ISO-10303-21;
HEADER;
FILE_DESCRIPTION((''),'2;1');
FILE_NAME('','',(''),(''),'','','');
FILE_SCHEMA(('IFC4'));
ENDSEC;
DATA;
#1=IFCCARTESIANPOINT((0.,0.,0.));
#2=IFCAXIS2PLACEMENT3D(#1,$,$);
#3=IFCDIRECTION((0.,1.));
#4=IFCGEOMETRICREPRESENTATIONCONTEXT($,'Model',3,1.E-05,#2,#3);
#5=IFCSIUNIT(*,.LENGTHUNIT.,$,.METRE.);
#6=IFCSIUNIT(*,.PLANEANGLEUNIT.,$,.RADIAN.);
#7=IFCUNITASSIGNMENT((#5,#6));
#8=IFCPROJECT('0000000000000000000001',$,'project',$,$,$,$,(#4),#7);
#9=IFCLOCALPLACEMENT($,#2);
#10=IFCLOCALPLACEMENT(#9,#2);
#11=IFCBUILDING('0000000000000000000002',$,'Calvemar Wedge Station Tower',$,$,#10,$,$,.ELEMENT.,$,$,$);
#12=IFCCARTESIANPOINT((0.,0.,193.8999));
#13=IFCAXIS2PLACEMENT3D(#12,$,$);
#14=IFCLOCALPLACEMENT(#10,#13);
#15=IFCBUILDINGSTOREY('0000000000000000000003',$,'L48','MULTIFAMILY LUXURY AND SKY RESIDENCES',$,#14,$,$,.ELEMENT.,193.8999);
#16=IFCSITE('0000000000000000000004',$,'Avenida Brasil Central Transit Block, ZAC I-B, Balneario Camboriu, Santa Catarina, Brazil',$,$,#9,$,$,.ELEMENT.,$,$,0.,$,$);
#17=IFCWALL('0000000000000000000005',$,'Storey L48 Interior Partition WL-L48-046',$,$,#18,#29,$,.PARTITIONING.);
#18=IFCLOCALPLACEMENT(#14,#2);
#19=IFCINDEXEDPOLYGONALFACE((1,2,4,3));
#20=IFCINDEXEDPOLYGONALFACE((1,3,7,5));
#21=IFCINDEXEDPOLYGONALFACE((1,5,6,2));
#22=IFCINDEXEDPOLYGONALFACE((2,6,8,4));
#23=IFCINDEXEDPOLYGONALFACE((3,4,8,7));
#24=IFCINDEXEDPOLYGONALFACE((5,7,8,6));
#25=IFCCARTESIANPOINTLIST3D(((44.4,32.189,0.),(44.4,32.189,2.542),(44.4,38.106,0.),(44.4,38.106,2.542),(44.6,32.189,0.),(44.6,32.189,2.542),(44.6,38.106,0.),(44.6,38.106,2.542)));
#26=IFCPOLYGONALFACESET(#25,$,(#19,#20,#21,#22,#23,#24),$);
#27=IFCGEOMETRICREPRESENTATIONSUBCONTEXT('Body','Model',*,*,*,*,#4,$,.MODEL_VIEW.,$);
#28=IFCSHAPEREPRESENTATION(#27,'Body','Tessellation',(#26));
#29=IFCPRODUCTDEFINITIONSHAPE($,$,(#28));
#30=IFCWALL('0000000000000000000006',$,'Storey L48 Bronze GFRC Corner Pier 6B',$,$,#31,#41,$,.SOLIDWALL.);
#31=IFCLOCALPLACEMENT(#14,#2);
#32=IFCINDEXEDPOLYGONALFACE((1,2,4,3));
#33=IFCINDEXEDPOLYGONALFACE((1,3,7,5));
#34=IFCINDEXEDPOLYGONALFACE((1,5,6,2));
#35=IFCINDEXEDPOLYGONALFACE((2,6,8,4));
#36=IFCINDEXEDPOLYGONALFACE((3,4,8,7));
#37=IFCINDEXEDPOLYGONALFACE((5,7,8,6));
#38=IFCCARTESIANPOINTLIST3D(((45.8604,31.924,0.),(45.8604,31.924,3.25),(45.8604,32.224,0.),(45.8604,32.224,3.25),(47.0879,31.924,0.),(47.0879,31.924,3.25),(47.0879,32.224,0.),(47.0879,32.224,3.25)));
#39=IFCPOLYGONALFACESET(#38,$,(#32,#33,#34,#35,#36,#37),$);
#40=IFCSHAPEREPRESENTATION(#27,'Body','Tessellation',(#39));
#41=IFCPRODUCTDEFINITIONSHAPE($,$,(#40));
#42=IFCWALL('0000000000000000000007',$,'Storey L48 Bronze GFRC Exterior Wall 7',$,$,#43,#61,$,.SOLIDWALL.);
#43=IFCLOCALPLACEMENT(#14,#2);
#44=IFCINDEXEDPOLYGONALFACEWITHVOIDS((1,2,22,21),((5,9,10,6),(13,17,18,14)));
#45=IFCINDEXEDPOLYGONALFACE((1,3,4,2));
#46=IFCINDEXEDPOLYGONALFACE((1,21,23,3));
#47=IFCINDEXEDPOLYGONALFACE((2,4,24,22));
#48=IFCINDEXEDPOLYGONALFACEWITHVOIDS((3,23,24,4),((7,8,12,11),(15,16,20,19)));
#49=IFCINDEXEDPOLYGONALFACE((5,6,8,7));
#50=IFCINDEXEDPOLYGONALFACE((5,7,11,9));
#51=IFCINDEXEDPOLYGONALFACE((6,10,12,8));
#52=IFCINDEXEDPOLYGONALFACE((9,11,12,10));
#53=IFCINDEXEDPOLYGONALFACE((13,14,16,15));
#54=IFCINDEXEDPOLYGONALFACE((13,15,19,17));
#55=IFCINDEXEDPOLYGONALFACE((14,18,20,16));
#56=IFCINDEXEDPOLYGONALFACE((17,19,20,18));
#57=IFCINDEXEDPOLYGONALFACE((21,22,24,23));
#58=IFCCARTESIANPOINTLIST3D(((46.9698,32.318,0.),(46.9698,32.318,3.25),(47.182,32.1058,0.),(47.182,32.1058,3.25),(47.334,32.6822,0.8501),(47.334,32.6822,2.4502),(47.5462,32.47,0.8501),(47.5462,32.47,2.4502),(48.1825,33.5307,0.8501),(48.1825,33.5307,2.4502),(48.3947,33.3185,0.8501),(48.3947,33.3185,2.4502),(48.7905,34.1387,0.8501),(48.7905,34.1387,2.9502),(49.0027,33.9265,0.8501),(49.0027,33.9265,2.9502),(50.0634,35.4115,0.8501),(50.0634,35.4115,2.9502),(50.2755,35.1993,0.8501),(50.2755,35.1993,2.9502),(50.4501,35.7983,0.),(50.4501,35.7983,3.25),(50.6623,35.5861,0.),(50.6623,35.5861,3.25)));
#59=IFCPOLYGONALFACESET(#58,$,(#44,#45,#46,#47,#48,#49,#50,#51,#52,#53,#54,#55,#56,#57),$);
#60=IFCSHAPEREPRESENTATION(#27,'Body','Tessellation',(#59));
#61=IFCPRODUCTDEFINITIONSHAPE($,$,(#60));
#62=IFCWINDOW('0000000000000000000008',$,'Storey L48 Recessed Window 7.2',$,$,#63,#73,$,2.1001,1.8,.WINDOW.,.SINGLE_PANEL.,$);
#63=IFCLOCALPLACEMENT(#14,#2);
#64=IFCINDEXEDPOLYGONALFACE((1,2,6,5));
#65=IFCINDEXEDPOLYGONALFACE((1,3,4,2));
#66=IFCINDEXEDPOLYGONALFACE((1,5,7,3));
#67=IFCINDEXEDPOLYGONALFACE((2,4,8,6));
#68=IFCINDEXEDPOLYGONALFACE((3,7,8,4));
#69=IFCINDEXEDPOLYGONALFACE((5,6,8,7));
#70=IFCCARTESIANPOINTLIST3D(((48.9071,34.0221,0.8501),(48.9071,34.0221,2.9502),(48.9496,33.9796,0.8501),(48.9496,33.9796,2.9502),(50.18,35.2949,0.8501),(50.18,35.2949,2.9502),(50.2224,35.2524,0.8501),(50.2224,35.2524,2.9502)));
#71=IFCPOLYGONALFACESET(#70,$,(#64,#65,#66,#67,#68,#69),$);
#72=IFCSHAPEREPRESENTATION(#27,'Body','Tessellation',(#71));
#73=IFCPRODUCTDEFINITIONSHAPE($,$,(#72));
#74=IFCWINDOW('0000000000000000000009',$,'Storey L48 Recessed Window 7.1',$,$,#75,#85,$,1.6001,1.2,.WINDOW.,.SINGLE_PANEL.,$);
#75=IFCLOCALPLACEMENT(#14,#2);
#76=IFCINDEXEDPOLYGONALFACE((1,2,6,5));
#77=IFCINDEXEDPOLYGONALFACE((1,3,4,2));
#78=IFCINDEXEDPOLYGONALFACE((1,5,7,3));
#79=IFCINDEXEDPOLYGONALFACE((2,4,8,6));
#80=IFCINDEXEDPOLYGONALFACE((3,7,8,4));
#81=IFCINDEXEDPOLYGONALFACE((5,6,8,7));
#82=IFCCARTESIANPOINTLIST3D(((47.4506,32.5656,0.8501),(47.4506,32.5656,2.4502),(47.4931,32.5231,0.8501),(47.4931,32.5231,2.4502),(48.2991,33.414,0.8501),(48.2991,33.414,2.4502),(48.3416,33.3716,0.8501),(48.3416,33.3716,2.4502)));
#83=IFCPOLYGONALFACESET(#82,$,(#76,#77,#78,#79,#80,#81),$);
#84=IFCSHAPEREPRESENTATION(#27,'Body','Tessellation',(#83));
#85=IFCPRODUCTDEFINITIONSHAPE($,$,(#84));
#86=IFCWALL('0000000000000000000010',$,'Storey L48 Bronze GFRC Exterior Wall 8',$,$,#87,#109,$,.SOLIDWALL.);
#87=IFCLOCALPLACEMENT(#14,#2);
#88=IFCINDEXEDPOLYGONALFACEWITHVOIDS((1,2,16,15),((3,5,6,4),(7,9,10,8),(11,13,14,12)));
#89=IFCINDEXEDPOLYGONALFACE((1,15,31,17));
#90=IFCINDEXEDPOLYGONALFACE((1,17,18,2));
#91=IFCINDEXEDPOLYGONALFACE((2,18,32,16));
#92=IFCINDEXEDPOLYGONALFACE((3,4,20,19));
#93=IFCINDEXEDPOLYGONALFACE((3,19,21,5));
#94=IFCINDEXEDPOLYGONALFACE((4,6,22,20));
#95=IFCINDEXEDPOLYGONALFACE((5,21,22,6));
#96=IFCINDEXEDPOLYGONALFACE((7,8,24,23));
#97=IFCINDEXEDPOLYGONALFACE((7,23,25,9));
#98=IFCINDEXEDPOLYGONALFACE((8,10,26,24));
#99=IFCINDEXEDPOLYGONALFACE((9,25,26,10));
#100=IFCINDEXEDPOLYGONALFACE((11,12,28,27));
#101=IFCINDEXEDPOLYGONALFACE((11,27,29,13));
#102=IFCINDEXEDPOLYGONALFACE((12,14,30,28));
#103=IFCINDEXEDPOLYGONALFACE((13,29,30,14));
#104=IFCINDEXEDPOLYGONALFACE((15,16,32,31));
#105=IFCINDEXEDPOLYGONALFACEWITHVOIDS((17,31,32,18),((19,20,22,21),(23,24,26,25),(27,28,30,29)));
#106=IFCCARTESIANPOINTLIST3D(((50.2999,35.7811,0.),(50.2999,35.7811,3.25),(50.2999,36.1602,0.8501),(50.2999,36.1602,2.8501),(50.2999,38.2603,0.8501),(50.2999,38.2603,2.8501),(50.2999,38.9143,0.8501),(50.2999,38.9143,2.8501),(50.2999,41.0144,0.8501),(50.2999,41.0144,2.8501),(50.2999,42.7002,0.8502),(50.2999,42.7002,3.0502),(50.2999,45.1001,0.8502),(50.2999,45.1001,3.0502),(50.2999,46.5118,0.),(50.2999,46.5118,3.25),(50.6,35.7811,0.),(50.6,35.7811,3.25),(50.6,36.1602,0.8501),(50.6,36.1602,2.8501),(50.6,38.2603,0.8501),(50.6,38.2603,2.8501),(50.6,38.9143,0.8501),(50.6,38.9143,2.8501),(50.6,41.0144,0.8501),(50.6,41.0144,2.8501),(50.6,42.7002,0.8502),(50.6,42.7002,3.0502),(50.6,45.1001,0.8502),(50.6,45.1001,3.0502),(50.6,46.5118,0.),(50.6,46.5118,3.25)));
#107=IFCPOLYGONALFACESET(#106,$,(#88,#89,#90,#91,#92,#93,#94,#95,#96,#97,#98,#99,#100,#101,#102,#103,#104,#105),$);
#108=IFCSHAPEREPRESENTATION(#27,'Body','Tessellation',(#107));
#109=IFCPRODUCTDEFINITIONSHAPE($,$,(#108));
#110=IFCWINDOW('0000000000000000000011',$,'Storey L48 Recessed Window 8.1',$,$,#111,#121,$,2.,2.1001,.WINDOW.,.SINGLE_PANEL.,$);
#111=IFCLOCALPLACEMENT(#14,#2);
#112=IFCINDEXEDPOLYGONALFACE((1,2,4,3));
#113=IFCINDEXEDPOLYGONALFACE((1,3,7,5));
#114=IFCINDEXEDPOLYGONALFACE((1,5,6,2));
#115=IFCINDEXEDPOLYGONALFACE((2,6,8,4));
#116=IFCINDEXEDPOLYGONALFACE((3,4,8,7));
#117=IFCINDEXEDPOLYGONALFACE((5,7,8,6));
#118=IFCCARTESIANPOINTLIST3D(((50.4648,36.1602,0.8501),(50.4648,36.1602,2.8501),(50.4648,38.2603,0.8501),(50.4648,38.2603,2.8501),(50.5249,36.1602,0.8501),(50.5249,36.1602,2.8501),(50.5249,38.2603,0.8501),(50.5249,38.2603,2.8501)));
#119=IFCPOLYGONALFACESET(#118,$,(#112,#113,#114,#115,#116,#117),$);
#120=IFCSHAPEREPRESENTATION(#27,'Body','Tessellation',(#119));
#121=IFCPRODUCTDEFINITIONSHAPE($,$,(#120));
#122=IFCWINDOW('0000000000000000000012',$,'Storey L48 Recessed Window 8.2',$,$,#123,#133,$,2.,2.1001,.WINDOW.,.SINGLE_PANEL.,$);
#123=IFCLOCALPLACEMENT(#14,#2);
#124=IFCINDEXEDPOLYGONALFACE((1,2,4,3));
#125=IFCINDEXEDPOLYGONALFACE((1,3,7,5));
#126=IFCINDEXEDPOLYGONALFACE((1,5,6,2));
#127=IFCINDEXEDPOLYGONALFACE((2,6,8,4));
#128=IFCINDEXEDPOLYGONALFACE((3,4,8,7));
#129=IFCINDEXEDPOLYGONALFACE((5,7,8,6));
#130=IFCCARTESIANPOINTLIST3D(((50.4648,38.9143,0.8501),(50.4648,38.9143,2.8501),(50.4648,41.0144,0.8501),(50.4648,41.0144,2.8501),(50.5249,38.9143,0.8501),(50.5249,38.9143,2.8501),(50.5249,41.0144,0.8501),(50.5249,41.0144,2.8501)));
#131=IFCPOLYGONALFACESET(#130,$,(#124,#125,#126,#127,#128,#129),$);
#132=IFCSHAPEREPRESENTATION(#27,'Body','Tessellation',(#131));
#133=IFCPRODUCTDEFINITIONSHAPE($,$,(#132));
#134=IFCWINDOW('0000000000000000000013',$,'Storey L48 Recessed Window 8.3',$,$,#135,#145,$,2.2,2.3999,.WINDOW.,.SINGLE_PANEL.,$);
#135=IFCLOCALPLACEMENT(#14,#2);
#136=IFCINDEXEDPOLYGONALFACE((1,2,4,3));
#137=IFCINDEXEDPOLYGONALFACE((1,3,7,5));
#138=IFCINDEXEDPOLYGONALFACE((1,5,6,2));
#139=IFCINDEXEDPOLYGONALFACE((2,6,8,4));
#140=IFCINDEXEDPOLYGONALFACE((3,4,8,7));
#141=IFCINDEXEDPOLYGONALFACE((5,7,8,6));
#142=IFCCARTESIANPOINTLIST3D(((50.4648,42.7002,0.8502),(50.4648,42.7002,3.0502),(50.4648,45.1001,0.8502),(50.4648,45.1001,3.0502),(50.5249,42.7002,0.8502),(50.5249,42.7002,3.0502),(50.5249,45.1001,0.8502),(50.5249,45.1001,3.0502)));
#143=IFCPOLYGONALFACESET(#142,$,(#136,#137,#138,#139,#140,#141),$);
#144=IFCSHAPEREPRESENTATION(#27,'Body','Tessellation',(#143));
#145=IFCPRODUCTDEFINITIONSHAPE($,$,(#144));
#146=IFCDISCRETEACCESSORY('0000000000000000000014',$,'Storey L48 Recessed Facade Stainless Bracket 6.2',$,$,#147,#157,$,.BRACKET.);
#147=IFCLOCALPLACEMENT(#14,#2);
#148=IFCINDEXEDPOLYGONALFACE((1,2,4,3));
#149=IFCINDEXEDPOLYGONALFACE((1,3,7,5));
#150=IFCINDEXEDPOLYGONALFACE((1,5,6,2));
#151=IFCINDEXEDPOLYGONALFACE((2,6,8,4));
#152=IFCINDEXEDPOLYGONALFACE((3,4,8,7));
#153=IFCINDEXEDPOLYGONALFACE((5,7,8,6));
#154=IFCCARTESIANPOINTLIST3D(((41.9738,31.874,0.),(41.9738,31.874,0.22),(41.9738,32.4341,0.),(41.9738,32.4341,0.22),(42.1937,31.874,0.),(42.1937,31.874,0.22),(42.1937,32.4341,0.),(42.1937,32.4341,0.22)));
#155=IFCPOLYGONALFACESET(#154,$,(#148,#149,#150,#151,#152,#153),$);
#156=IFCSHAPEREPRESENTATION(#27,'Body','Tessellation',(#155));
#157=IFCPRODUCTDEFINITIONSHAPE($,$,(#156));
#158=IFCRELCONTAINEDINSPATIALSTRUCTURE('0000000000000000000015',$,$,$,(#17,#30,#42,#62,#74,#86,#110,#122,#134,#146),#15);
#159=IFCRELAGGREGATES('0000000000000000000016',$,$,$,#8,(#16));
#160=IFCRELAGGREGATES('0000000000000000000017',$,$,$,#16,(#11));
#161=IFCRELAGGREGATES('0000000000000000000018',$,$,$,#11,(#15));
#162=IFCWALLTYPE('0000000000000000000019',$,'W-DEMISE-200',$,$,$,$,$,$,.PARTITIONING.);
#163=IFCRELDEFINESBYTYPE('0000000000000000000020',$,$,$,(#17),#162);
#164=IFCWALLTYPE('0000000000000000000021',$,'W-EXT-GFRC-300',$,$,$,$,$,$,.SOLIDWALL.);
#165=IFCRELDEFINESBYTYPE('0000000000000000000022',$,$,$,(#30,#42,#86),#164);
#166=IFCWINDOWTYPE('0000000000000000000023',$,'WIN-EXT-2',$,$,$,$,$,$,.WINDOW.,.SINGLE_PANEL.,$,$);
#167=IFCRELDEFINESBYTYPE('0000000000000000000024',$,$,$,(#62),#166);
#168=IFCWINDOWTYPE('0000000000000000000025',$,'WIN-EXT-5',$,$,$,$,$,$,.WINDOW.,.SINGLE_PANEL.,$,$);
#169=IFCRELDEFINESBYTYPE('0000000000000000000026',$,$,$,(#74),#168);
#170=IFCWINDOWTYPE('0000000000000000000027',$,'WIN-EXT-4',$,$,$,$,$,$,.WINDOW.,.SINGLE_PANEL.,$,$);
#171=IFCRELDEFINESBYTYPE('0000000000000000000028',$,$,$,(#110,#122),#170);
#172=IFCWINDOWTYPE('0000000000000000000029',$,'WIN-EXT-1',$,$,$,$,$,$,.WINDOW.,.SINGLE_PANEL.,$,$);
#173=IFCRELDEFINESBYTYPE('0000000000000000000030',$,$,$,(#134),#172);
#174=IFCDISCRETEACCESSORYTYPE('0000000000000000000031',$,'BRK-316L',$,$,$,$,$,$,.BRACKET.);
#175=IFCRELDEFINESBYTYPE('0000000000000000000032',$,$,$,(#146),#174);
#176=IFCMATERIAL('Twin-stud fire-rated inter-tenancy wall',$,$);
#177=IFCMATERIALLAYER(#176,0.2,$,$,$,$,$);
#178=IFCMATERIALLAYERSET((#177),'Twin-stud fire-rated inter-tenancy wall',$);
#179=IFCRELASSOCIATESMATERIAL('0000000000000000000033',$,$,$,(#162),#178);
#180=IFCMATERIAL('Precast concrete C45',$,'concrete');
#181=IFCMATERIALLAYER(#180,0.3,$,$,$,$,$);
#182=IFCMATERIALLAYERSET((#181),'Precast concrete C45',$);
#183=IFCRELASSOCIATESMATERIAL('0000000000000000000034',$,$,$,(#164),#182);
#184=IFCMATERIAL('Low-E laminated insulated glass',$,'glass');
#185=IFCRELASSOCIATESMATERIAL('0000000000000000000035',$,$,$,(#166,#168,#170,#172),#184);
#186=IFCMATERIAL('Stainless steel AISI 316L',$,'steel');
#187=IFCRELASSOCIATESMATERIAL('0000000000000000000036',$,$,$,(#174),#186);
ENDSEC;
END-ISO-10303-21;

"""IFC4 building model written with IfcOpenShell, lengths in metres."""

from ifc_helpers import new_model, si_unit, direction, frame, frame_2d, origin, origin_2d, place, context, subcontext, project, spatial, rectangle, extrude, source, transform, mapped, material, layer, layer_set, type_object, element, fill, save


model = new_model("IFC4")

# Units and contexts
model_context = context("Model", 3, precision=1e-05, world=origin(), true_north=direction((0.0, 1.0)))
body_context = subcontext(model_context, "Body", "Model", "MODEL_VIEW")
ifc_project = project(units=[si_unit("LENGTHUNIT", "METRE"), si_unit("PLANEANGLEUNIT", "RADIAN")], contexts=[model_context])

# Site, building, storey
site_placement = place(None, origin())
site = spatial("IfcSite", under=ifc_project, at=site_placement, Name="Avenida Brasil Central Transit Block, ZAC I-B, Balneario Camboriu, Santa Catarina, Brazil", CompositionType="ELEMENT", RefElevation=0.0)
building_placement = place(site_placement, origin())
building = spatial("IfcBuilding", under=site, at=building_placement, Name="Calvemar Wedge Station Tower", CompositionType="ELEMENT")
storey_placement = place(building_placement, frame((0.0, 0.0, 193.8999)))
storey = spatial("IfcBuildingStorey", under=building, at=storey_placement, Name="L48", Description="MULTIFAMILY LUXURY AND SKY RESIDENCES", CompositionType="ELEMENT", Elevation=193.8999)

# Shared definitions
ifc_material_1 = material(Name="Low-E laminated insulated glass", Category="glass")

# Shared definitions
ifc_material_2 = material(Name="Precast concrete C45", Category="concrete")

# Walls
ifc_material_3 = material(Name="Twin-stud fire-rated inter-tenancy wall")
ifc_layer_1 = layer(ifc_material_3, 0.2)
ifc_layer_set_1 = layer_set([ifc_layer_1], Name="Twin-stud fire-rated inter-tenancy wall")
wall_type_1 = type_object("IfcWallType", Name="W-DEMISE-200", PredefinedType="PARTITIONING", material=ifc_layer_set_1)
wall_1_placement = place(storey_placement, frame((44.5, 32.189, 0.0), z_axis=(0.0, 0.0, 1.0), x_axis=(0.0, 1.0, 0.0)))
element("IfcWall", 1, at=wall_1_placement, inside=storey, type_object=wall_type_1, Name="Storey L48 Interior Partition WL-L48-046", PredefinedType="PARTITIONING", context=body_context, shape_type="SweptSolid", body=[
    extrude(rectangle(XDim=5.917, YDim=0.2, at=frame_2d((2.9585, 0.0))), origin(), (0.0, 0.0, 1.0), 2.542),
])
ifc_layer_2 = layer(ifc_material_2, 0.3)
ifc_layer_set_2 = layer_set([ifc_layer_2], Name="Precast concrete C45")
wall_type_2 = type_object("IfcWallType", Name="W-EXT-GFRC-300", PredefinedType="SOLIDWALL", material=ifc_layer_set_2)
wall_2_placement = place(storey_placement, frame((45.8604, 32.074, 0.0), z_axis=(0.0, 0.0, 1.0), x_axis=(1.0, 0.0, 0.0)))
element("IfcWall", 2, at=wall_2_placement, inside=storey, type_object=wall_type_2, Name="Storey L48 Bronze GFRC Corner Pier 6B", PredefinedType="SOLIDWALL", context=body_context, shape_type="SweptSolid", body=[
    extrude(rectangle(XDim=1.2275, YDim=0.3, at=frame_2d((0.6138, 0.0))), origin(), (0.0, 0.0, 1.0), 3.25),
])

# Walls, openings, windows
wall_3_placement = place(storey_placement, frame((47.0759, 32.2119, 0.0), z_axis=(0.0, 0.0, 1.0), x_axis=(0.707107, 0.707107, 0.0)))
wall_3 = element("IfcWall", 3, at=wall_3_placement, inside=storey, type_object=wall_type_2, Name="Storey L48 Bronze GFRC Exterior Wall 7", PredefinedType="SOLIDWALL", context=body_context, shape_type="SweptSolid", body=[
    extrude(rectangle(XDim=4.9219, YDim=0.3, at=frame_2d((2.4609, 0.0))), origin(), (0.0, 0.0, 1.0), 3.25),
])
shared_shape_1 = source(origin(), body_context, "Body", "SweptSolid", [
    extrude(rectangle(XDim=1.2, YDim=1.6001, at=frame_2d((0.6001, 0.8))), frame((0.0, 0.1602, 0.0), z_axis=(0.0, -1.0, 0.0), x_axis=(1.0, 0.0, 0.0)), (0.0, 0.0, 1.0), 0.3201),
])
opening_1_placement = place(wall_3_placement, frame((0.5149, 0.0, 0.8501)))
opening_1 = element("IfcOpeningElement", 4, at=opening_1_placement, cuts=wall_3, PredefinedType="OPENING", context=body_context, shape_type="MappedRepresentation", body=[
    mapped(shared_shape_1, transform((0.0, 0.0, 0.0), scale=1.0)),
])
shared_shape_2 = source(origin(), body_context, "Body", "SweptSolid", [
    extrude(rectangle(XDim=1.8, YDim=2.1001, at=frame_2d((0.8999, 1.05))), frame((0.0, 0.1602, 0.0), z_axis=(0.0, -1.0, 0.0), x_axis=(1.0, 0.0, 0.0)), (0.0, 0.0, 1.0), 0.3201),
])
opening_2_placement = place(wall_3_placement, frame((2.575, 0.0, 0.8501)))
opening_2 = element("IfcOpeningElement", 5, at=opening_2_placement, cuts=wall_3, PredefinedType="OPENING", context=body_context, shape_type="MappedRepresentation", body=[
    mapped(shared_shape_2, transform((0.0, 0.0, 0.0), scale=1.0)),
])
window_type_1 = type_object("IfcWindowType", Name="WIN-EXT-2", PartitioningType="SINGLE_PANEL", PredefinedType="WINDOW", material=ifc_material_1)
shared_shape_3 = source(origin(), body_context, "Body", "SweptSolid", [
    extrude(rectangle(XDim=1.8, YDim=2.1001, at=frame_2d((0.8999, 1.05))), frame((0.0, -0.0149, 0.0), z_axis=(0.0, -1.0, 0.0), x_axis=(1.0, 0.0, 0.0)), (0.0, 0.0, 1.0), 0.0601),
])
window_1_placement = place(opening_2_placement, origin())
window_1 = element("IfcWindow", 6, at=window_1_placement, inside=storey, type_object=window_type_1, Name="Storey L48 Recessed Window 7.2", OverallHeight=2.1001, OverallWidth=1.8, PartitioningType="SINGLE_PANEL", PredefinedType="WINDOW", context=body_context, shape_type="MappedRepresentation", body=[
    mapped(shared_shape_3, transform((0.0, 0.0, 0.0), scale=1.0)),
])
fill(opening_2, window_1)
window_type_2 = type_object("IfcWindowType", Name="WIN-EXT-5", PartitioningType="SINGLE_PANEL", PredefinedType="WINDOW", material=ifc_material_1)
shared_shape_4 = source(origin(), body_context, "Body", "SweptSolid", [
    extrude(rectangle(XDim=1.2, YDim=1.6001, at=frame_2d((0.6001, 0.8))), frame((0.0, -0.0149, 0.0), z_axis=(0.0, -1.0, 0.0), x_axis=(1.0, 0.0, 0.0)), (0.0, 0.0, 1.0), 0.0601),
])
window_2_placement = place(opening_1_placement, origin())
window_2 = element("IfcWindow", 7, at=window_2_placement, inside=storey, type_object=window_type_2, Name="Storey L48 Recessed Window 7.1", OverallHeight=1.6001, OverallWidth=1.2, PartitioningType="SINGLE_PANEL", PredefinedType="WINDOW", context=body_context, shape_type="MappedRepresentation", body=[
    mapped(shared_shape_4, transform((0.0, 0.0, 0.0), scale=1.0)),
])
fill(opening_1, window_2)
wall_4_placement = place(storey_placement, frame((50.45, 35.7812, 0.0), z_axis=(0.0, 0.0, 1.0), x_axis=(0.0, 1.0, 0.0)))
wall_4 = element("IfcWall", 8, at=wall_4_placement, inside=storey, type_object=wall_type_2, Name="Storey L48 Bronze GFRC Exterior Wall 8", PredefinedType="SOLIDWALL", context=body_context, shape_type="SweptSolid", body=[
    extrude(rectangle(XDim=10.7307, YDim=0.3, at=frame_2d((5.3652, 0.0))), origin(), (0.0, 0.0, 1.0), 3.25),
])
shared_shape_5 = source(origin(), body_context, "Body", "SweptSolid", [
    extrude(rectangle(XDim=2.1001, YDim=2.0, at=frame_2d((1.05, 1.0))), frame((0.0, 0.1602, 0.0), z_axis=(0.0, -1.0, 0.0), x_axis=(1.0, 0.0, 0.0)), (0.0, 0.0, 1.0), 0.3201),
])
opening_3_placement = place(wall_4_placement, frame((0.3789, 0.0, 0.8501)))
opening_3 = element("IfcOpeningElement", 9, at=opening_3_placement, cuts=wall_4, PredefinedType="OPENING", context=body_context, shape_type="MappedRepresentation", body=[
    mapped(shared_shape_5, transform((0.0, 0.0, 0.0), scale=1.0)),
])
opening_4_placement = place(wall_4_placement, frame((3.1331, 0.0, 0.8501)))
opening_4 = element("IfcOpeningElement", 10, at=opening_4_placement, cuts=wall_4, PredefinedType="OPENING", context=body_context, shape_type="MappedRepresentation", body=[
    mapped(shared_shape_5, transform((0.0, 0.0, 0.0), scale=1.0)),
])
shared_shape_6 = source(origin(), body_context, "Body", "SweptSolid", [
    extrude(rectangle(XDim=2.3999, YDim=2.2, at=frame_2d((1.2, 1.1001))), frame((0.0, 0.1602, 0.0), z_axis=(0.0, -1.0, 0.0), x_axis=(1.0, 0.0, 0.0)), (0.0, 0.0, 1.0), 0.3201),
])
opening_5_placement = place(wall_4_placement, frame((6.9189, 0.0, 0.8501)))
opening_5 = element("IfcOpeningElement", 11, at=opening_5_placement, cuts=wall_4, PredefinedType="OPENING", context=body_context, shape_type="MappedRepresentation", body=[
    mapped(shared_shape_6, transform((0.0, 0.0, 0.0), scale=1.0)),
])
window_type_3 = type_object("IfcWindowType", Name="WIN-EXT-4", PartitioningType="SINGLE_PANEL", PredefinedType="WINDOW", material=ifc_material_1)
shared_shape_7 = source(origin(), body_context, "Body", "SweptSolid", [
    extrude(rectangle(XDim=2.1001, YDim=2.0, at=frame_2d((1.05, 1.0))), frame((0.0, -0.0149, 0.0), z_axis=(0.0, -1.0, 0.0), x_axis=(1.0, 0.0, 0.0)), (0.0, 0.0, 1.0), 0.0601),
])
window_3_placement = place(opening_3_placement, origin())
window_3 = element("IfcWindow", 12, at=window_3_placement, inside=storey, type_object=window_type_3, Name="Storey L48 Recessed Window 8.1", OverallHeight=2.0, OverallWidth=2.1001, PartitioningType="SINGLE_PANEL", PredefinedType="WINDOW", context=body_context, shape_type="MappedRepresentation", body=[
    mapped(shared_shape_7, transform((0.0, 0.0, 0.0), scale=1.0)),
])
fill(opening_3, window_3)
window_4_placement = place(opening_4_placement, origin())
window_4 = element("IfcWindow", 13, at=window_4_placement, inside=storey, type_object=window_type_3, Name="Storey L48 Recessed Window 8.2", OverallHeight=2.0, OverallWidth=2.1001, PartitioningType="SINGLE_PANEL", PredefinedType="WINDOW", context=body_context, shape_type="MappedRepresentation", body=[
    mapped(shared_shape_7, transform((0.0, 0.0, 0.0), scale=1.0)),
])
fill(opening_4, window_4)
window_type_4 = type_object("IfcWindowType", Name="WIN-EXT-1", PartitioningType="SINGLE_PANEL", PredefinedType="WINDOW", material=ifc_material_1)
shared_shape_8 = source(origin(), body_context, "Body", "SweptSolid", [
    extrude(rectangle(XDim=2.3999, YDim=2.2, at=frame_2d((1.2, 1.1001))), frame((0.0, -0.0149, 0.0), z_axis=(0.0, -1.0, 0.0), x_axis=(1.0, 0.0, 0.0)), (0.0, 0.0, 1.0), 0.0601),
])
window_5_placement = place(opening_5_placement, origin())
window_5 = element("IfcWindow", 14, at=window_5_placement, inside=storey, type_object=window_type_4, Name="Storey L48 Recessed Window 8.3", OverallHeight=2.2, OverallWidth=2.3999, PartitioningType="SINGLE_PANEL", PredefinedType="WINDOW", context=body_context, shape_type="MappedRepresentation", body=[
    mapped(shared_shape_8, transform((0.0, 0.0, 0.0), scale=1.0)),
])
fill(opening_5, window_5)

# Discrete accessory
ifc_material_4 = material(Name="Stainless steel AISI 316L", Category="steel")
discrete_accessory_type = type_object("IfcDiscreteAccessoryType", Name="BRK-316L", PredefinedType="BRACKET", material=ifc_material_4)
shared_shape_9 = source(origin(), body_context, "Body", "SweptSolid", [
    extrude(rectangle(XDim=0.22, YDim=0.5601, at=origin_2d()), origin(), (0.0, 0.0, 1.0), 0.22),
])
discrete_accessory_placement = place(storey_placement, frame((42.0837, 32.1541, 0.0), z_axis=(0.0, 0.0, 1.0), x_axis=(1.0, 0.0, 0.0)))
element("IfcDiscreteAccessory", 15, at=discrete_accessory_placement, inside=storey, type_object=discrete_accessory_type, Name="Storey L48 Recessed Facade Stainless Bracket 6.2", PredefinedType="BRACKET", context=body_context, shape_type="MappedRepresentation", body=[
    mapped(shared_shape_9, transform((0.0, 0.0, 0.0), scale=1.0)),
])

save(model, "model.ifc")
